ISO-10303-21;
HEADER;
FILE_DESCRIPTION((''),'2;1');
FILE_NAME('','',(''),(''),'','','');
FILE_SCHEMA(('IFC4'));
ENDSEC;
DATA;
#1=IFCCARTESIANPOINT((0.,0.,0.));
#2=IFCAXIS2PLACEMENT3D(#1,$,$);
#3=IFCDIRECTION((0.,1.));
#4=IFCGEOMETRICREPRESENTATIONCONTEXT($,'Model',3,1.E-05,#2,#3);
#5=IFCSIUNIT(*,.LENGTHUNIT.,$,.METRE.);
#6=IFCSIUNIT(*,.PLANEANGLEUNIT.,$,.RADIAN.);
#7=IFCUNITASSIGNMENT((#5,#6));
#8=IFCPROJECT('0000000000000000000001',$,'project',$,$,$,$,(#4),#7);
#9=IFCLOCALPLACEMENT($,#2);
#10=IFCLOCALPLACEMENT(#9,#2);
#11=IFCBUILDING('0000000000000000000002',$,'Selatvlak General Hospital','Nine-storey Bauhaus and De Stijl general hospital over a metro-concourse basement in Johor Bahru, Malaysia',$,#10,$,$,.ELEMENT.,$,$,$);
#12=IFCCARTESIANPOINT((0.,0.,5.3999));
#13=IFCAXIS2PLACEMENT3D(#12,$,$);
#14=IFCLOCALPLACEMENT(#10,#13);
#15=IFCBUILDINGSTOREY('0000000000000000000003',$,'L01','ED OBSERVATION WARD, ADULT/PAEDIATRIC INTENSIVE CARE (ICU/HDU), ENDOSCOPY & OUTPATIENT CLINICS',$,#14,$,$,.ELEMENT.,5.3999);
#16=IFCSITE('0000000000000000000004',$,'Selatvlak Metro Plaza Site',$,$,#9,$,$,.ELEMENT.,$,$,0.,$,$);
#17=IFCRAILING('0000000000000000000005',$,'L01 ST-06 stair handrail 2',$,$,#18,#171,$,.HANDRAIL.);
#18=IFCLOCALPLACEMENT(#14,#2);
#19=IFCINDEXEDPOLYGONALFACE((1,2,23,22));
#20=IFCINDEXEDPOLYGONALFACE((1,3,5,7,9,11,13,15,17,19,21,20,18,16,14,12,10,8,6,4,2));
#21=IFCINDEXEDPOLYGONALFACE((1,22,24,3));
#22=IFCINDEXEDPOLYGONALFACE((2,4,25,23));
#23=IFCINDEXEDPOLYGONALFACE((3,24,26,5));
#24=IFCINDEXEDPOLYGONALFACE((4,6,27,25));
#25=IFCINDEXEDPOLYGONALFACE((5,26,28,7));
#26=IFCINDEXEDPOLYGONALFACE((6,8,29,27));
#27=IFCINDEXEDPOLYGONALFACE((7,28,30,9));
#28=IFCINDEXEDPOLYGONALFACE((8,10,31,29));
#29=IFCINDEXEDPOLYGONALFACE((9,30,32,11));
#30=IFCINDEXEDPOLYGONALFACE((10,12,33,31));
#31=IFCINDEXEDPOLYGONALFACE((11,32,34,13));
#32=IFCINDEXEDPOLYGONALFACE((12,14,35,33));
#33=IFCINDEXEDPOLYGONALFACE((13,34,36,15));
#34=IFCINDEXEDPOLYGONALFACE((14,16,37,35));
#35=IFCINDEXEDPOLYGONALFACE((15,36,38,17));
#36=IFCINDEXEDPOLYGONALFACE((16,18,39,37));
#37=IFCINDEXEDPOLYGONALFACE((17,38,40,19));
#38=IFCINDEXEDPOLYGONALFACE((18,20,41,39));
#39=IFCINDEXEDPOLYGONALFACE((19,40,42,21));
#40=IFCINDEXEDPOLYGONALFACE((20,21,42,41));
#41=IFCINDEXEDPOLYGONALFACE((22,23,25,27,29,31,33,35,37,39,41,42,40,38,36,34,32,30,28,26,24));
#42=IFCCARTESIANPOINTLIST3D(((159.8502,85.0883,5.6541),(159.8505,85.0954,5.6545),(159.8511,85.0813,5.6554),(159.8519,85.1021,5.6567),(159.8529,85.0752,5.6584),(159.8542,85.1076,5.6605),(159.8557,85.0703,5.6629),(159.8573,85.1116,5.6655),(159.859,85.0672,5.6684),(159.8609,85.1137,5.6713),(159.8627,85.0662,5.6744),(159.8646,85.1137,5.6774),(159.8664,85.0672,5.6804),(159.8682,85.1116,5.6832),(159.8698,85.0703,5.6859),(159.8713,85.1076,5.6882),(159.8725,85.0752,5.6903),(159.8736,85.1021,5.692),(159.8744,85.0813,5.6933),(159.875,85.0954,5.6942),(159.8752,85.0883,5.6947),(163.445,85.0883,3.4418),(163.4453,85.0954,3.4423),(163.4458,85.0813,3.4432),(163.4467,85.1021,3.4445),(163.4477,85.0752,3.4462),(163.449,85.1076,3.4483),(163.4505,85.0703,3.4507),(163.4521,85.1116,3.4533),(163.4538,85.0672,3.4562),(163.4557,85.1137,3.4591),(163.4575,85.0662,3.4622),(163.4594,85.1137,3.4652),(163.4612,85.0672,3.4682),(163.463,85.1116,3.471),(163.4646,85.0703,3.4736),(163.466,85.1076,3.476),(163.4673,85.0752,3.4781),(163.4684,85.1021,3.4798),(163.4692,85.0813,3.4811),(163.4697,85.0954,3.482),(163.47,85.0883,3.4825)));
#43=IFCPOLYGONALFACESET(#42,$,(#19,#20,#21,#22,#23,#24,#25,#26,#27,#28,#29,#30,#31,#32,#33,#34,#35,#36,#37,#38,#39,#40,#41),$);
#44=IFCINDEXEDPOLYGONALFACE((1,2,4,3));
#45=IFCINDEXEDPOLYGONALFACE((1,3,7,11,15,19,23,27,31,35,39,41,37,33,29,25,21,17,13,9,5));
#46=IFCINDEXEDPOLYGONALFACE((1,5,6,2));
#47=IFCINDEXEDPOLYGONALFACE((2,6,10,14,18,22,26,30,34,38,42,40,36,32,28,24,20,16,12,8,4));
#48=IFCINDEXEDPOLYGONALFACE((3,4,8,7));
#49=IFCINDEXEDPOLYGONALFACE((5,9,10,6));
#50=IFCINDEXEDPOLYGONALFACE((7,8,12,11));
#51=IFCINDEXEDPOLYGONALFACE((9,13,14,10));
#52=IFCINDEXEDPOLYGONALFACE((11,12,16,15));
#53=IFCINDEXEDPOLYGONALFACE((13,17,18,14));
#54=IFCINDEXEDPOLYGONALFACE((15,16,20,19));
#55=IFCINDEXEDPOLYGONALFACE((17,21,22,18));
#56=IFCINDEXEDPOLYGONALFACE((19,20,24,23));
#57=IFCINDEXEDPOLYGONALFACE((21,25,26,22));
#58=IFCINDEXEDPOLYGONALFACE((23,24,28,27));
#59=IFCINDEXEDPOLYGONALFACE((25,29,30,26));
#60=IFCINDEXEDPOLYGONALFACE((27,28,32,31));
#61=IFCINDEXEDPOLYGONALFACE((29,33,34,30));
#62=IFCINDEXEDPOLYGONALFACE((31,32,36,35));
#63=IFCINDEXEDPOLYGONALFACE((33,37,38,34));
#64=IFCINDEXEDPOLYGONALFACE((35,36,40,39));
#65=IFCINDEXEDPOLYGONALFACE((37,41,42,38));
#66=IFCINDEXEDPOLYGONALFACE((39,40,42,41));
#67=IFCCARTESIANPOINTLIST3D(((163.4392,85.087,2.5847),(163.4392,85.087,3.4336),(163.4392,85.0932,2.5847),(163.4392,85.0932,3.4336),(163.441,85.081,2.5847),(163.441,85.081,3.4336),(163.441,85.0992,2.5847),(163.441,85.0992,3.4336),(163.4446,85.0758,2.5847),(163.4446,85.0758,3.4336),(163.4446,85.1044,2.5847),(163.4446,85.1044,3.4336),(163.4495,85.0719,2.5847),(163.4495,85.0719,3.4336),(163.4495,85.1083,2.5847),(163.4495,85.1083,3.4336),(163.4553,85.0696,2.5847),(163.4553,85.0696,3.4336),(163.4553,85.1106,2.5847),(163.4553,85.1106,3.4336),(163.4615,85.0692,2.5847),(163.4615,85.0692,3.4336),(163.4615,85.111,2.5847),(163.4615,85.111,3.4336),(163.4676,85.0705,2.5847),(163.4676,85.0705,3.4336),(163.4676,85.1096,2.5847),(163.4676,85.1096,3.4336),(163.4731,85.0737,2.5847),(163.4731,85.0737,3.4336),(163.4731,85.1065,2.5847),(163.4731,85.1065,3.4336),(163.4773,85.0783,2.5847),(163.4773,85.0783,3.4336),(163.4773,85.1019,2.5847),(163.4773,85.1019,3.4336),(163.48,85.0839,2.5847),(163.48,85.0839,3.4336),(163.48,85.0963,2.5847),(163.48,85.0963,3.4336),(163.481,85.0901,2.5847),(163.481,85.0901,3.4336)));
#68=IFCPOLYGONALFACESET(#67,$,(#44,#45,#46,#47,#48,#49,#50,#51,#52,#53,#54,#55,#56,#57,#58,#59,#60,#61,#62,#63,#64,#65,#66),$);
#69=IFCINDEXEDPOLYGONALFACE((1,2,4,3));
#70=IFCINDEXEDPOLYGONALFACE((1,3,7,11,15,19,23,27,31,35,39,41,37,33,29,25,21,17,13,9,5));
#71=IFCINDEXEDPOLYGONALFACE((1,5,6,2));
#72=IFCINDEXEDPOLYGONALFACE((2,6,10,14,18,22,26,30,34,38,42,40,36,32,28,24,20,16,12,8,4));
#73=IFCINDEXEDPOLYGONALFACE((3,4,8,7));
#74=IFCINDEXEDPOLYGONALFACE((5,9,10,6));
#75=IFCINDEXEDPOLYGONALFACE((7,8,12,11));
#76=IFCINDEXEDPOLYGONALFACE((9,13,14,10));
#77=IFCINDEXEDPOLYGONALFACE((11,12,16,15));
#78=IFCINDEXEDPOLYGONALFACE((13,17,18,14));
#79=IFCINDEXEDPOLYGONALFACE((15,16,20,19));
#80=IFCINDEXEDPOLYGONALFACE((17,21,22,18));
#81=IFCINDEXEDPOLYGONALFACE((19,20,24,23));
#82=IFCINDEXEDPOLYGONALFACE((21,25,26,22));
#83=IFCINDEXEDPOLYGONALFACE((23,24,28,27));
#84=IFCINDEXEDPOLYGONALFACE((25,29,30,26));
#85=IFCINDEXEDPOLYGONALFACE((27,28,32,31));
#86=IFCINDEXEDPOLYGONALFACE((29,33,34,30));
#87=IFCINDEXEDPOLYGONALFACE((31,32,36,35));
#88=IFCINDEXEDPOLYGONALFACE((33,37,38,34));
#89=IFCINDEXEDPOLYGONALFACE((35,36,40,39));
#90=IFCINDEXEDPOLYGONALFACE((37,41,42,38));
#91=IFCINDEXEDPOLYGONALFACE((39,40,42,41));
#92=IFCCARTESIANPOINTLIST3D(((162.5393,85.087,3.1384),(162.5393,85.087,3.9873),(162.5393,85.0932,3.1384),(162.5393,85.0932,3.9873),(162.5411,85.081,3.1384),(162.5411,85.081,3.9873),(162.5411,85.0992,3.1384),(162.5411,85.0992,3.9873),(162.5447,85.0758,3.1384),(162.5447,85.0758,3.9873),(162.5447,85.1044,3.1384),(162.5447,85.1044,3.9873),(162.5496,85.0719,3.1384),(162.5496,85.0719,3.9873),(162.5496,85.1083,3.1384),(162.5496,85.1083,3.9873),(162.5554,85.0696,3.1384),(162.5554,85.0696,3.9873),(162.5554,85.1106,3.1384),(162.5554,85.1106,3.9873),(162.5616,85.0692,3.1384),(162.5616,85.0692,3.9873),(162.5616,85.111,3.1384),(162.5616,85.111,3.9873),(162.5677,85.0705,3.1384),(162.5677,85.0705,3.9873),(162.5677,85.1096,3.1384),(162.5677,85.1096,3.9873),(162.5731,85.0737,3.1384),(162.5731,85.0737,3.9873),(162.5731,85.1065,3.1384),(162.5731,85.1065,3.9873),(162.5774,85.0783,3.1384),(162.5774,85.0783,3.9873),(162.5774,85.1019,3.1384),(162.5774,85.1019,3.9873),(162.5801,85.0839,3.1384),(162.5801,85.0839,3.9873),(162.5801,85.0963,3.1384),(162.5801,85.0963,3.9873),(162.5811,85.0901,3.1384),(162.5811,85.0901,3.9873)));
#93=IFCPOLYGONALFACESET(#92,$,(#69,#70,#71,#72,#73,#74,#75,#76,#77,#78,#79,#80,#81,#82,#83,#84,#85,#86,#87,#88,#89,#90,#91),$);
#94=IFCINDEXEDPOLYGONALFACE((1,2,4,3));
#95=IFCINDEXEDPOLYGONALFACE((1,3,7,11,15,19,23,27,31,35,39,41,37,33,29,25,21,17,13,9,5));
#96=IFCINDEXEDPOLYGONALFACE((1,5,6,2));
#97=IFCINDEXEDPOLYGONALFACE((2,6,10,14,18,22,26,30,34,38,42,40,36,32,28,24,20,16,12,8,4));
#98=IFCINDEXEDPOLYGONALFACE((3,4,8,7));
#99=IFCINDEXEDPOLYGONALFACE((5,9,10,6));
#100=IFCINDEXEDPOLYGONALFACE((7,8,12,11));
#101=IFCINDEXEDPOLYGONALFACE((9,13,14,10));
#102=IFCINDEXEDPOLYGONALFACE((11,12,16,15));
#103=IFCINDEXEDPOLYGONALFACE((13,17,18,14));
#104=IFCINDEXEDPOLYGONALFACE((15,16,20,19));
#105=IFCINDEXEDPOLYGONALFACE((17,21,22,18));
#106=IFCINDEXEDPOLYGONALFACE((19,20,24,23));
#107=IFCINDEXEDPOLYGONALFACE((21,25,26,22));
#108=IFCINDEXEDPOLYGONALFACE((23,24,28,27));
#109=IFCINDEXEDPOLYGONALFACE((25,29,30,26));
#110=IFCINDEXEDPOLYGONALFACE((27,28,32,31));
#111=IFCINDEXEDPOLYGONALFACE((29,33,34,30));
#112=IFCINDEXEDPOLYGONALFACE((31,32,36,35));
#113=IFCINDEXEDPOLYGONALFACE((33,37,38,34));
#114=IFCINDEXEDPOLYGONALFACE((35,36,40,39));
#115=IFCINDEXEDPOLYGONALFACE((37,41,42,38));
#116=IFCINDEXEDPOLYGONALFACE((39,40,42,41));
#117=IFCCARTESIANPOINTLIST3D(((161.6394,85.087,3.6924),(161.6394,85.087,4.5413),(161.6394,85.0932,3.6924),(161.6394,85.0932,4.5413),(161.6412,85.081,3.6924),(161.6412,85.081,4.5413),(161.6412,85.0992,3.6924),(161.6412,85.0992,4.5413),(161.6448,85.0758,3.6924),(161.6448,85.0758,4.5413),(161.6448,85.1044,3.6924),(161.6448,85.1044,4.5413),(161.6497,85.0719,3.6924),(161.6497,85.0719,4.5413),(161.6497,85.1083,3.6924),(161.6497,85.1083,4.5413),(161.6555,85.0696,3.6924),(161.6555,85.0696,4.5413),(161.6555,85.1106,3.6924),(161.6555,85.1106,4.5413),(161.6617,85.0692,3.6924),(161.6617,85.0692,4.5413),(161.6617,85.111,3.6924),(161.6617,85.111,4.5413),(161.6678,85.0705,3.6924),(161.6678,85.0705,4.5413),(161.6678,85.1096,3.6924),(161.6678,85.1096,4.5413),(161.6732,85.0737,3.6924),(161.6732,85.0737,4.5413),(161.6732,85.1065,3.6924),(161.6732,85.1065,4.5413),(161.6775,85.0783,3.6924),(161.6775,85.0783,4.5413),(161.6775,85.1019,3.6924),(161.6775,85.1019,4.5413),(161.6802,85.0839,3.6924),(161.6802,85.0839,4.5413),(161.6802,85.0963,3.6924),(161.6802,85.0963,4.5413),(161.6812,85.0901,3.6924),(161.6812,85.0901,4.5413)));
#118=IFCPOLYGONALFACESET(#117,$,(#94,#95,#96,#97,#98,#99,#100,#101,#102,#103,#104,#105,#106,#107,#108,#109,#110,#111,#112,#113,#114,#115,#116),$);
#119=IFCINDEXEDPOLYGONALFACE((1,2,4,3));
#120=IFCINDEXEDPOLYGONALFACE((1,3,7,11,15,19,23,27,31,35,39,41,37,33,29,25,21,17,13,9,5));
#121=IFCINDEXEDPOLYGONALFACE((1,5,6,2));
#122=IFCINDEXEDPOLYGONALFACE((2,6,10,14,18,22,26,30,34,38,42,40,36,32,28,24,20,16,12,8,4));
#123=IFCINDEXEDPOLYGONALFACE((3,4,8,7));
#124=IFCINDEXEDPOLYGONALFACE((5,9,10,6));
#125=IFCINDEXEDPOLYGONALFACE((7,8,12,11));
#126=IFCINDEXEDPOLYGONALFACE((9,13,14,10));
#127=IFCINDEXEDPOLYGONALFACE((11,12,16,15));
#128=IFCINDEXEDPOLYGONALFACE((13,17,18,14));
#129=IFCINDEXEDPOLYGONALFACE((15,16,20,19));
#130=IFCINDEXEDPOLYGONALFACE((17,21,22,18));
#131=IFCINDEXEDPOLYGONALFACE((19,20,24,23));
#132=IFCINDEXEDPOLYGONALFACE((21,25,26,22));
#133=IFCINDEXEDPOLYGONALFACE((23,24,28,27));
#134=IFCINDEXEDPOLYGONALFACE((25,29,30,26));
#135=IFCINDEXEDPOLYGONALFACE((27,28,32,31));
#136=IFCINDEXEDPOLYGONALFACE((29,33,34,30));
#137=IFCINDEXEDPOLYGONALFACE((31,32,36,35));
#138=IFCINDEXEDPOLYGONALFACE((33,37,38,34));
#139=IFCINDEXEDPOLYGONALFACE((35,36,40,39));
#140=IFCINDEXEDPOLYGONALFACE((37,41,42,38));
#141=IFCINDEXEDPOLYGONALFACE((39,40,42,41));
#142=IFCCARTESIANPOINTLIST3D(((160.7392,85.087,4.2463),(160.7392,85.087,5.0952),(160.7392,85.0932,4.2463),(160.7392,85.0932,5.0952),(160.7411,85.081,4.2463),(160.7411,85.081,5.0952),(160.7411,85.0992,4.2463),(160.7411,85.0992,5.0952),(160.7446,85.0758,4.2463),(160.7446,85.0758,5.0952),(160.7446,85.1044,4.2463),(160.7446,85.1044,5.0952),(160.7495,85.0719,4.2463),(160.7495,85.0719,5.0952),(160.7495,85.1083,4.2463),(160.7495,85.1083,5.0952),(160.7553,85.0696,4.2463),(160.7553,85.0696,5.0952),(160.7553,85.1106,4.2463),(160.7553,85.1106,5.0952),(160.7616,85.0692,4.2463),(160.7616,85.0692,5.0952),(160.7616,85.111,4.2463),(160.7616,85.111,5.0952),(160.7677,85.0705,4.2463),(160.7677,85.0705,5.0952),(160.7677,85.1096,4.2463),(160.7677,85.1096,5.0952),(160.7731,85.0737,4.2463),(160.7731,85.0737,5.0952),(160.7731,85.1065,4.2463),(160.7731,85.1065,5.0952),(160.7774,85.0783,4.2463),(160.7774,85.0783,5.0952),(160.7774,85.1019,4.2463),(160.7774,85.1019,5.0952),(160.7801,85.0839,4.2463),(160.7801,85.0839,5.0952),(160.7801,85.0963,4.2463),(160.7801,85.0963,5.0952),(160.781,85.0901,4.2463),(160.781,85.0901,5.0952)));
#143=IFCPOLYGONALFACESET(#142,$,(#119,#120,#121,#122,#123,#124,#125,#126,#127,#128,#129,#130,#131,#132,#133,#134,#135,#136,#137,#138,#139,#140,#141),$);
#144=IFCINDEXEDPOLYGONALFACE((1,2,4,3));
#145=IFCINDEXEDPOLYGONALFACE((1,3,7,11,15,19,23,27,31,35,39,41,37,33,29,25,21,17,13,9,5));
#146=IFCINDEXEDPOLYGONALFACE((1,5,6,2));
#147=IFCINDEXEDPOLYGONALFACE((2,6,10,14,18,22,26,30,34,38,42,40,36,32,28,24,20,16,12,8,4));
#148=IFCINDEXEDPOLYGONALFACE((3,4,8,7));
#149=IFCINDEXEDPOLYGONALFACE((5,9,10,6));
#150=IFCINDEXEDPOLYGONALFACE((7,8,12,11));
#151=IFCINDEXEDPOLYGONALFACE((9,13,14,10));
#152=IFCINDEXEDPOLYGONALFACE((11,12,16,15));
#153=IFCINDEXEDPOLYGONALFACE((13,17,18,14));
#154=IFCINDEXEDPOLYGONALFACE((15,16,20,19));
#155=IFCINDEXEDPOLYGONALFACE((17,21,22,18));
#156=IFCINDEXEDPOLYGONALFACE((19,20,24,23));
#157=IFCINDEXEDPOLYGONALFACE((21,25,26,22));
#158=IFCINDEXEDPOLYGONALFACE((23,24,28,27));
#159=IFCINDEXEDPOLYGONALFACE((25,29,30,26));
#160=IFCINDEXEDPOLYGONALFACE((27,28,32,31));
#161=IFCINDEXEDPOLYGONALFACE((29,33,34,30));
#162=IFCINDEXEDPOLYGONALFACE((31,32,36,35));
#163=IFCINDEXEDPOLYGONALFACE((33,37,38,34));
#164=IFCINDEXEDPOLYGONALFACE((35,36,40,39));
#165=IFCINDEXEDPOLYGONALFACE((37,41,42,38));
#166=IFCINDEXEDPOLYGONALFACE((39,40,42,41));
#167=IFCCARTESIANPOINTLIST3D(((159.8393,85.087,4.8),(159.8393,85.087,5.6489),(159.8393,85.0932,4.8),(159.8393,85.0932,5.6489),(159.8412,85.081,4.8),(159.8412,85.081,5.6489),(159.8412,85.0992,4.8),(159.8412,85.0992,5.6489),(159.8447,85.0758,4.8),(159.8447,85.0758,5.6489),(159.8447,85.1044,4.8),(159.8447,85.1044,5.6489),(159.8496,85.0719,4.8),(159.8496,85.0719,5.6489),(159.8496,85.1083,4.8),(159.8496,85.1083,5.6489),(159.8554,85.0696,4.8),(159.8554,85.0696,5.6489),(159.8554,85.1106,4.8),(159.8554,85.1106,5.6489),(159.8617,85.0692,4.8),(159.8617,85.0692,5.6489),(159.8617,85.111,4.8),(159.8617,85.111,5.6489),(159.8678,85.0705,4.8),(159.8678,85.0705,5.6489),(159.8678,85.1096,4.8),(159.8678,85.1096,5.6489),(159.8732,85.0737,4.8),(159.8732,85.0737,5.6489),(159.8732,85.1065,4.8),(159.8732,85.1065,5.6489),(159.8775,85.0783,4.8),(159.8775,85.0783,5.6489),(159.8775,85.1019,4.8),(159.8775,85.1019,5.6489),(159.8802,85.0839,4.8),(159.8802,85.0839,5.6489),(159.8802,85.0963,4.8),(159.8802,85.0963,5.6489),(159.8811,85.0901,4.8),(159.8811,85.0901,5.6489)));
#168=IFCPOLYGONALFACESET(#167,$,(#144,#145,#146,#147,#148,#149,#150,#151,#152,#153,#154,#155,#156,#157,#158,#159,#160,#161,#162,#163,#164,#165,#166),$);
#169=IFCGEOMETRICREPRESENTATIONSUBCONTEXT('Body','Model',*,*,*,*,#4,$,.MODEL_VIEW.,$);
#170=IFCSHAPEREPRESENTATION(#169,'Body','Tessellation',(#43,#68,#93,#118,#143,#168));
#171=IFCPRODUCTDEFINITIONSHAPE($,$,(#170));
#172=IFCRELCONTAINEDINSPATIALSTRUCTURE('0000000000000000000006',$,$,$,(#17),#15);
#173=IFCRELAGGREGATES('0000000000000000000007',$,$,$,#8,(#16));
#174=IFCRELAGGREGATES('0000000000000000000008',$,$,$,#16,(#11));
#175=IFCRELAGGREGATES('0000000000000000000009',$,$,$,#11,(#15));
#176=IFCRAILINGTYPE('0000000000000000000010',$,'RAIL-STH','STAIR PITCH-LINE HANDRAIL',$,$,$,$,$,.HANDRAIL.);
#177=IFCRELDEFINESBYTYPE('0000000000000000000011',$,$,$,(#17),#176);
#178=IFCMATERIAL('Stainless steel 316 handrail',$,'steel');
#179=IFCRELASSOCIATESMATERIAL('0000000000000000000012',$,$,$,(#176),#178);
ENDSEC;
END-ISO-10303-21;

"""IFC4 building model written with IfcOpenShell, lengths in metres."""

from ifc_helpers import new_model, si_unit, direction, frame, origin, origin_2d, place, context, subcontext, project, spatial, circle, extrude, material, type_object, element, save


model = new_model("IFC4")

# Units and contexts
model_context = context("Model", 3, precision=1e-05, world=origin(), true_north=direction((0.0, 1.0)))
body_context = subcontext(model_context, "Body", "Model", "MODEL_VIEW")
ifc_project = project(units=[si_unit("LENGTHUNIT", "METRE"), si_unit("PLANEANGLEUNIT", "RADIAN")], contexts=[model_context])

# Site, building, storey
site_placement = place(None, origin())
site = spatial("IfcSite", under=ifc_project, at=site_placement, Name="Selatvlak Metro Plaza Site", CompositionType="ELEMENT", RefElevation=0.0)
building_placement = place(site_placement, origin())
building = spatial("IfcBuilding", under=site, at=building_placement, Name="Selatvlak General Hospital", Description="Nine-storey Bauhaus and De Stijl general hospital over a metro-concourse basement in Johor Bahru, Malaysia", CompositionType="ELEMENT")
storey_placement = place(building_placement, frame((0.0, 0.0, 5.3999)))
storey = spatial("IfcBuildingStorey", under=building, at=storey_placement, Name="L01", Description="ED OBSERVATION WARD, ADULT/PAEDIATRIC INTENSIVE CARE (ICU/HDU), ENDOSCOPY & OUTPATIENT CLINICS", CompositionType="ELEMENT", Elevation=5.3999)

# Railing
ifc_material_1 = material(Name="Stainless steel 316 handrail", Category="steel")
railing_type_1 = type_object("IfcRailingType", Name="RAIL-STH", Description="STAIR PITCH-LINE HANDRAIL", PredefinedType="HANDRAIL", material=ifc_material_1)
railing_1_placement = place(storey_placement, frame((163.46, 85.0901, 2.5847)))
element("IfcRailing", 1, at=railing_1_placement, inside=storey, type_object=railing_type_1, Name="L01 ST-06 stair handrail 2", PredefinedType="HANDRAIL", context=body_context, shape_type="SweptSolid", body=[
    extrude(circle(Radius=0.0239, at=origin_2d()), frame((-0.0024, 0.0, 0.8774), z_axis=(-0.851654, 0.0, 0.524104), x_axis=(0.0, -1.0, 0.0)), (0.0, 0.0, 1.0), 4.2209),
    extrude(circle(Radius=0.021, at=origin_2d()), origin(), (0.0, 0.0, 1.0), 0.8489),
    extrude(circle(Radius=0.021, at=origin_2d()), frame((-0.8999, 0.0, 0.5537)), (0.0, 0.0, 1.0), 0.8489),
    extrude(circle(Radius=0.021, at=origin_2d()), frame((-1.7998, 0.0, 1.1077)), (0.0, 0.0, 1.0), 0.8489),
    extrude(circle(Radius=0.021, at=origin_2d()), frame((-2.7, 0.0, 1.6616)), (0.0, 0.0, 1.0), 0.8489),
    extrude(circle(Radius=0.021, at=origin_2d()), frame((-3.5999, 0.0, 2.2153)), (0.0, 0.0, 1.0), 0.8489),
])

save(model, "model.ifc")
